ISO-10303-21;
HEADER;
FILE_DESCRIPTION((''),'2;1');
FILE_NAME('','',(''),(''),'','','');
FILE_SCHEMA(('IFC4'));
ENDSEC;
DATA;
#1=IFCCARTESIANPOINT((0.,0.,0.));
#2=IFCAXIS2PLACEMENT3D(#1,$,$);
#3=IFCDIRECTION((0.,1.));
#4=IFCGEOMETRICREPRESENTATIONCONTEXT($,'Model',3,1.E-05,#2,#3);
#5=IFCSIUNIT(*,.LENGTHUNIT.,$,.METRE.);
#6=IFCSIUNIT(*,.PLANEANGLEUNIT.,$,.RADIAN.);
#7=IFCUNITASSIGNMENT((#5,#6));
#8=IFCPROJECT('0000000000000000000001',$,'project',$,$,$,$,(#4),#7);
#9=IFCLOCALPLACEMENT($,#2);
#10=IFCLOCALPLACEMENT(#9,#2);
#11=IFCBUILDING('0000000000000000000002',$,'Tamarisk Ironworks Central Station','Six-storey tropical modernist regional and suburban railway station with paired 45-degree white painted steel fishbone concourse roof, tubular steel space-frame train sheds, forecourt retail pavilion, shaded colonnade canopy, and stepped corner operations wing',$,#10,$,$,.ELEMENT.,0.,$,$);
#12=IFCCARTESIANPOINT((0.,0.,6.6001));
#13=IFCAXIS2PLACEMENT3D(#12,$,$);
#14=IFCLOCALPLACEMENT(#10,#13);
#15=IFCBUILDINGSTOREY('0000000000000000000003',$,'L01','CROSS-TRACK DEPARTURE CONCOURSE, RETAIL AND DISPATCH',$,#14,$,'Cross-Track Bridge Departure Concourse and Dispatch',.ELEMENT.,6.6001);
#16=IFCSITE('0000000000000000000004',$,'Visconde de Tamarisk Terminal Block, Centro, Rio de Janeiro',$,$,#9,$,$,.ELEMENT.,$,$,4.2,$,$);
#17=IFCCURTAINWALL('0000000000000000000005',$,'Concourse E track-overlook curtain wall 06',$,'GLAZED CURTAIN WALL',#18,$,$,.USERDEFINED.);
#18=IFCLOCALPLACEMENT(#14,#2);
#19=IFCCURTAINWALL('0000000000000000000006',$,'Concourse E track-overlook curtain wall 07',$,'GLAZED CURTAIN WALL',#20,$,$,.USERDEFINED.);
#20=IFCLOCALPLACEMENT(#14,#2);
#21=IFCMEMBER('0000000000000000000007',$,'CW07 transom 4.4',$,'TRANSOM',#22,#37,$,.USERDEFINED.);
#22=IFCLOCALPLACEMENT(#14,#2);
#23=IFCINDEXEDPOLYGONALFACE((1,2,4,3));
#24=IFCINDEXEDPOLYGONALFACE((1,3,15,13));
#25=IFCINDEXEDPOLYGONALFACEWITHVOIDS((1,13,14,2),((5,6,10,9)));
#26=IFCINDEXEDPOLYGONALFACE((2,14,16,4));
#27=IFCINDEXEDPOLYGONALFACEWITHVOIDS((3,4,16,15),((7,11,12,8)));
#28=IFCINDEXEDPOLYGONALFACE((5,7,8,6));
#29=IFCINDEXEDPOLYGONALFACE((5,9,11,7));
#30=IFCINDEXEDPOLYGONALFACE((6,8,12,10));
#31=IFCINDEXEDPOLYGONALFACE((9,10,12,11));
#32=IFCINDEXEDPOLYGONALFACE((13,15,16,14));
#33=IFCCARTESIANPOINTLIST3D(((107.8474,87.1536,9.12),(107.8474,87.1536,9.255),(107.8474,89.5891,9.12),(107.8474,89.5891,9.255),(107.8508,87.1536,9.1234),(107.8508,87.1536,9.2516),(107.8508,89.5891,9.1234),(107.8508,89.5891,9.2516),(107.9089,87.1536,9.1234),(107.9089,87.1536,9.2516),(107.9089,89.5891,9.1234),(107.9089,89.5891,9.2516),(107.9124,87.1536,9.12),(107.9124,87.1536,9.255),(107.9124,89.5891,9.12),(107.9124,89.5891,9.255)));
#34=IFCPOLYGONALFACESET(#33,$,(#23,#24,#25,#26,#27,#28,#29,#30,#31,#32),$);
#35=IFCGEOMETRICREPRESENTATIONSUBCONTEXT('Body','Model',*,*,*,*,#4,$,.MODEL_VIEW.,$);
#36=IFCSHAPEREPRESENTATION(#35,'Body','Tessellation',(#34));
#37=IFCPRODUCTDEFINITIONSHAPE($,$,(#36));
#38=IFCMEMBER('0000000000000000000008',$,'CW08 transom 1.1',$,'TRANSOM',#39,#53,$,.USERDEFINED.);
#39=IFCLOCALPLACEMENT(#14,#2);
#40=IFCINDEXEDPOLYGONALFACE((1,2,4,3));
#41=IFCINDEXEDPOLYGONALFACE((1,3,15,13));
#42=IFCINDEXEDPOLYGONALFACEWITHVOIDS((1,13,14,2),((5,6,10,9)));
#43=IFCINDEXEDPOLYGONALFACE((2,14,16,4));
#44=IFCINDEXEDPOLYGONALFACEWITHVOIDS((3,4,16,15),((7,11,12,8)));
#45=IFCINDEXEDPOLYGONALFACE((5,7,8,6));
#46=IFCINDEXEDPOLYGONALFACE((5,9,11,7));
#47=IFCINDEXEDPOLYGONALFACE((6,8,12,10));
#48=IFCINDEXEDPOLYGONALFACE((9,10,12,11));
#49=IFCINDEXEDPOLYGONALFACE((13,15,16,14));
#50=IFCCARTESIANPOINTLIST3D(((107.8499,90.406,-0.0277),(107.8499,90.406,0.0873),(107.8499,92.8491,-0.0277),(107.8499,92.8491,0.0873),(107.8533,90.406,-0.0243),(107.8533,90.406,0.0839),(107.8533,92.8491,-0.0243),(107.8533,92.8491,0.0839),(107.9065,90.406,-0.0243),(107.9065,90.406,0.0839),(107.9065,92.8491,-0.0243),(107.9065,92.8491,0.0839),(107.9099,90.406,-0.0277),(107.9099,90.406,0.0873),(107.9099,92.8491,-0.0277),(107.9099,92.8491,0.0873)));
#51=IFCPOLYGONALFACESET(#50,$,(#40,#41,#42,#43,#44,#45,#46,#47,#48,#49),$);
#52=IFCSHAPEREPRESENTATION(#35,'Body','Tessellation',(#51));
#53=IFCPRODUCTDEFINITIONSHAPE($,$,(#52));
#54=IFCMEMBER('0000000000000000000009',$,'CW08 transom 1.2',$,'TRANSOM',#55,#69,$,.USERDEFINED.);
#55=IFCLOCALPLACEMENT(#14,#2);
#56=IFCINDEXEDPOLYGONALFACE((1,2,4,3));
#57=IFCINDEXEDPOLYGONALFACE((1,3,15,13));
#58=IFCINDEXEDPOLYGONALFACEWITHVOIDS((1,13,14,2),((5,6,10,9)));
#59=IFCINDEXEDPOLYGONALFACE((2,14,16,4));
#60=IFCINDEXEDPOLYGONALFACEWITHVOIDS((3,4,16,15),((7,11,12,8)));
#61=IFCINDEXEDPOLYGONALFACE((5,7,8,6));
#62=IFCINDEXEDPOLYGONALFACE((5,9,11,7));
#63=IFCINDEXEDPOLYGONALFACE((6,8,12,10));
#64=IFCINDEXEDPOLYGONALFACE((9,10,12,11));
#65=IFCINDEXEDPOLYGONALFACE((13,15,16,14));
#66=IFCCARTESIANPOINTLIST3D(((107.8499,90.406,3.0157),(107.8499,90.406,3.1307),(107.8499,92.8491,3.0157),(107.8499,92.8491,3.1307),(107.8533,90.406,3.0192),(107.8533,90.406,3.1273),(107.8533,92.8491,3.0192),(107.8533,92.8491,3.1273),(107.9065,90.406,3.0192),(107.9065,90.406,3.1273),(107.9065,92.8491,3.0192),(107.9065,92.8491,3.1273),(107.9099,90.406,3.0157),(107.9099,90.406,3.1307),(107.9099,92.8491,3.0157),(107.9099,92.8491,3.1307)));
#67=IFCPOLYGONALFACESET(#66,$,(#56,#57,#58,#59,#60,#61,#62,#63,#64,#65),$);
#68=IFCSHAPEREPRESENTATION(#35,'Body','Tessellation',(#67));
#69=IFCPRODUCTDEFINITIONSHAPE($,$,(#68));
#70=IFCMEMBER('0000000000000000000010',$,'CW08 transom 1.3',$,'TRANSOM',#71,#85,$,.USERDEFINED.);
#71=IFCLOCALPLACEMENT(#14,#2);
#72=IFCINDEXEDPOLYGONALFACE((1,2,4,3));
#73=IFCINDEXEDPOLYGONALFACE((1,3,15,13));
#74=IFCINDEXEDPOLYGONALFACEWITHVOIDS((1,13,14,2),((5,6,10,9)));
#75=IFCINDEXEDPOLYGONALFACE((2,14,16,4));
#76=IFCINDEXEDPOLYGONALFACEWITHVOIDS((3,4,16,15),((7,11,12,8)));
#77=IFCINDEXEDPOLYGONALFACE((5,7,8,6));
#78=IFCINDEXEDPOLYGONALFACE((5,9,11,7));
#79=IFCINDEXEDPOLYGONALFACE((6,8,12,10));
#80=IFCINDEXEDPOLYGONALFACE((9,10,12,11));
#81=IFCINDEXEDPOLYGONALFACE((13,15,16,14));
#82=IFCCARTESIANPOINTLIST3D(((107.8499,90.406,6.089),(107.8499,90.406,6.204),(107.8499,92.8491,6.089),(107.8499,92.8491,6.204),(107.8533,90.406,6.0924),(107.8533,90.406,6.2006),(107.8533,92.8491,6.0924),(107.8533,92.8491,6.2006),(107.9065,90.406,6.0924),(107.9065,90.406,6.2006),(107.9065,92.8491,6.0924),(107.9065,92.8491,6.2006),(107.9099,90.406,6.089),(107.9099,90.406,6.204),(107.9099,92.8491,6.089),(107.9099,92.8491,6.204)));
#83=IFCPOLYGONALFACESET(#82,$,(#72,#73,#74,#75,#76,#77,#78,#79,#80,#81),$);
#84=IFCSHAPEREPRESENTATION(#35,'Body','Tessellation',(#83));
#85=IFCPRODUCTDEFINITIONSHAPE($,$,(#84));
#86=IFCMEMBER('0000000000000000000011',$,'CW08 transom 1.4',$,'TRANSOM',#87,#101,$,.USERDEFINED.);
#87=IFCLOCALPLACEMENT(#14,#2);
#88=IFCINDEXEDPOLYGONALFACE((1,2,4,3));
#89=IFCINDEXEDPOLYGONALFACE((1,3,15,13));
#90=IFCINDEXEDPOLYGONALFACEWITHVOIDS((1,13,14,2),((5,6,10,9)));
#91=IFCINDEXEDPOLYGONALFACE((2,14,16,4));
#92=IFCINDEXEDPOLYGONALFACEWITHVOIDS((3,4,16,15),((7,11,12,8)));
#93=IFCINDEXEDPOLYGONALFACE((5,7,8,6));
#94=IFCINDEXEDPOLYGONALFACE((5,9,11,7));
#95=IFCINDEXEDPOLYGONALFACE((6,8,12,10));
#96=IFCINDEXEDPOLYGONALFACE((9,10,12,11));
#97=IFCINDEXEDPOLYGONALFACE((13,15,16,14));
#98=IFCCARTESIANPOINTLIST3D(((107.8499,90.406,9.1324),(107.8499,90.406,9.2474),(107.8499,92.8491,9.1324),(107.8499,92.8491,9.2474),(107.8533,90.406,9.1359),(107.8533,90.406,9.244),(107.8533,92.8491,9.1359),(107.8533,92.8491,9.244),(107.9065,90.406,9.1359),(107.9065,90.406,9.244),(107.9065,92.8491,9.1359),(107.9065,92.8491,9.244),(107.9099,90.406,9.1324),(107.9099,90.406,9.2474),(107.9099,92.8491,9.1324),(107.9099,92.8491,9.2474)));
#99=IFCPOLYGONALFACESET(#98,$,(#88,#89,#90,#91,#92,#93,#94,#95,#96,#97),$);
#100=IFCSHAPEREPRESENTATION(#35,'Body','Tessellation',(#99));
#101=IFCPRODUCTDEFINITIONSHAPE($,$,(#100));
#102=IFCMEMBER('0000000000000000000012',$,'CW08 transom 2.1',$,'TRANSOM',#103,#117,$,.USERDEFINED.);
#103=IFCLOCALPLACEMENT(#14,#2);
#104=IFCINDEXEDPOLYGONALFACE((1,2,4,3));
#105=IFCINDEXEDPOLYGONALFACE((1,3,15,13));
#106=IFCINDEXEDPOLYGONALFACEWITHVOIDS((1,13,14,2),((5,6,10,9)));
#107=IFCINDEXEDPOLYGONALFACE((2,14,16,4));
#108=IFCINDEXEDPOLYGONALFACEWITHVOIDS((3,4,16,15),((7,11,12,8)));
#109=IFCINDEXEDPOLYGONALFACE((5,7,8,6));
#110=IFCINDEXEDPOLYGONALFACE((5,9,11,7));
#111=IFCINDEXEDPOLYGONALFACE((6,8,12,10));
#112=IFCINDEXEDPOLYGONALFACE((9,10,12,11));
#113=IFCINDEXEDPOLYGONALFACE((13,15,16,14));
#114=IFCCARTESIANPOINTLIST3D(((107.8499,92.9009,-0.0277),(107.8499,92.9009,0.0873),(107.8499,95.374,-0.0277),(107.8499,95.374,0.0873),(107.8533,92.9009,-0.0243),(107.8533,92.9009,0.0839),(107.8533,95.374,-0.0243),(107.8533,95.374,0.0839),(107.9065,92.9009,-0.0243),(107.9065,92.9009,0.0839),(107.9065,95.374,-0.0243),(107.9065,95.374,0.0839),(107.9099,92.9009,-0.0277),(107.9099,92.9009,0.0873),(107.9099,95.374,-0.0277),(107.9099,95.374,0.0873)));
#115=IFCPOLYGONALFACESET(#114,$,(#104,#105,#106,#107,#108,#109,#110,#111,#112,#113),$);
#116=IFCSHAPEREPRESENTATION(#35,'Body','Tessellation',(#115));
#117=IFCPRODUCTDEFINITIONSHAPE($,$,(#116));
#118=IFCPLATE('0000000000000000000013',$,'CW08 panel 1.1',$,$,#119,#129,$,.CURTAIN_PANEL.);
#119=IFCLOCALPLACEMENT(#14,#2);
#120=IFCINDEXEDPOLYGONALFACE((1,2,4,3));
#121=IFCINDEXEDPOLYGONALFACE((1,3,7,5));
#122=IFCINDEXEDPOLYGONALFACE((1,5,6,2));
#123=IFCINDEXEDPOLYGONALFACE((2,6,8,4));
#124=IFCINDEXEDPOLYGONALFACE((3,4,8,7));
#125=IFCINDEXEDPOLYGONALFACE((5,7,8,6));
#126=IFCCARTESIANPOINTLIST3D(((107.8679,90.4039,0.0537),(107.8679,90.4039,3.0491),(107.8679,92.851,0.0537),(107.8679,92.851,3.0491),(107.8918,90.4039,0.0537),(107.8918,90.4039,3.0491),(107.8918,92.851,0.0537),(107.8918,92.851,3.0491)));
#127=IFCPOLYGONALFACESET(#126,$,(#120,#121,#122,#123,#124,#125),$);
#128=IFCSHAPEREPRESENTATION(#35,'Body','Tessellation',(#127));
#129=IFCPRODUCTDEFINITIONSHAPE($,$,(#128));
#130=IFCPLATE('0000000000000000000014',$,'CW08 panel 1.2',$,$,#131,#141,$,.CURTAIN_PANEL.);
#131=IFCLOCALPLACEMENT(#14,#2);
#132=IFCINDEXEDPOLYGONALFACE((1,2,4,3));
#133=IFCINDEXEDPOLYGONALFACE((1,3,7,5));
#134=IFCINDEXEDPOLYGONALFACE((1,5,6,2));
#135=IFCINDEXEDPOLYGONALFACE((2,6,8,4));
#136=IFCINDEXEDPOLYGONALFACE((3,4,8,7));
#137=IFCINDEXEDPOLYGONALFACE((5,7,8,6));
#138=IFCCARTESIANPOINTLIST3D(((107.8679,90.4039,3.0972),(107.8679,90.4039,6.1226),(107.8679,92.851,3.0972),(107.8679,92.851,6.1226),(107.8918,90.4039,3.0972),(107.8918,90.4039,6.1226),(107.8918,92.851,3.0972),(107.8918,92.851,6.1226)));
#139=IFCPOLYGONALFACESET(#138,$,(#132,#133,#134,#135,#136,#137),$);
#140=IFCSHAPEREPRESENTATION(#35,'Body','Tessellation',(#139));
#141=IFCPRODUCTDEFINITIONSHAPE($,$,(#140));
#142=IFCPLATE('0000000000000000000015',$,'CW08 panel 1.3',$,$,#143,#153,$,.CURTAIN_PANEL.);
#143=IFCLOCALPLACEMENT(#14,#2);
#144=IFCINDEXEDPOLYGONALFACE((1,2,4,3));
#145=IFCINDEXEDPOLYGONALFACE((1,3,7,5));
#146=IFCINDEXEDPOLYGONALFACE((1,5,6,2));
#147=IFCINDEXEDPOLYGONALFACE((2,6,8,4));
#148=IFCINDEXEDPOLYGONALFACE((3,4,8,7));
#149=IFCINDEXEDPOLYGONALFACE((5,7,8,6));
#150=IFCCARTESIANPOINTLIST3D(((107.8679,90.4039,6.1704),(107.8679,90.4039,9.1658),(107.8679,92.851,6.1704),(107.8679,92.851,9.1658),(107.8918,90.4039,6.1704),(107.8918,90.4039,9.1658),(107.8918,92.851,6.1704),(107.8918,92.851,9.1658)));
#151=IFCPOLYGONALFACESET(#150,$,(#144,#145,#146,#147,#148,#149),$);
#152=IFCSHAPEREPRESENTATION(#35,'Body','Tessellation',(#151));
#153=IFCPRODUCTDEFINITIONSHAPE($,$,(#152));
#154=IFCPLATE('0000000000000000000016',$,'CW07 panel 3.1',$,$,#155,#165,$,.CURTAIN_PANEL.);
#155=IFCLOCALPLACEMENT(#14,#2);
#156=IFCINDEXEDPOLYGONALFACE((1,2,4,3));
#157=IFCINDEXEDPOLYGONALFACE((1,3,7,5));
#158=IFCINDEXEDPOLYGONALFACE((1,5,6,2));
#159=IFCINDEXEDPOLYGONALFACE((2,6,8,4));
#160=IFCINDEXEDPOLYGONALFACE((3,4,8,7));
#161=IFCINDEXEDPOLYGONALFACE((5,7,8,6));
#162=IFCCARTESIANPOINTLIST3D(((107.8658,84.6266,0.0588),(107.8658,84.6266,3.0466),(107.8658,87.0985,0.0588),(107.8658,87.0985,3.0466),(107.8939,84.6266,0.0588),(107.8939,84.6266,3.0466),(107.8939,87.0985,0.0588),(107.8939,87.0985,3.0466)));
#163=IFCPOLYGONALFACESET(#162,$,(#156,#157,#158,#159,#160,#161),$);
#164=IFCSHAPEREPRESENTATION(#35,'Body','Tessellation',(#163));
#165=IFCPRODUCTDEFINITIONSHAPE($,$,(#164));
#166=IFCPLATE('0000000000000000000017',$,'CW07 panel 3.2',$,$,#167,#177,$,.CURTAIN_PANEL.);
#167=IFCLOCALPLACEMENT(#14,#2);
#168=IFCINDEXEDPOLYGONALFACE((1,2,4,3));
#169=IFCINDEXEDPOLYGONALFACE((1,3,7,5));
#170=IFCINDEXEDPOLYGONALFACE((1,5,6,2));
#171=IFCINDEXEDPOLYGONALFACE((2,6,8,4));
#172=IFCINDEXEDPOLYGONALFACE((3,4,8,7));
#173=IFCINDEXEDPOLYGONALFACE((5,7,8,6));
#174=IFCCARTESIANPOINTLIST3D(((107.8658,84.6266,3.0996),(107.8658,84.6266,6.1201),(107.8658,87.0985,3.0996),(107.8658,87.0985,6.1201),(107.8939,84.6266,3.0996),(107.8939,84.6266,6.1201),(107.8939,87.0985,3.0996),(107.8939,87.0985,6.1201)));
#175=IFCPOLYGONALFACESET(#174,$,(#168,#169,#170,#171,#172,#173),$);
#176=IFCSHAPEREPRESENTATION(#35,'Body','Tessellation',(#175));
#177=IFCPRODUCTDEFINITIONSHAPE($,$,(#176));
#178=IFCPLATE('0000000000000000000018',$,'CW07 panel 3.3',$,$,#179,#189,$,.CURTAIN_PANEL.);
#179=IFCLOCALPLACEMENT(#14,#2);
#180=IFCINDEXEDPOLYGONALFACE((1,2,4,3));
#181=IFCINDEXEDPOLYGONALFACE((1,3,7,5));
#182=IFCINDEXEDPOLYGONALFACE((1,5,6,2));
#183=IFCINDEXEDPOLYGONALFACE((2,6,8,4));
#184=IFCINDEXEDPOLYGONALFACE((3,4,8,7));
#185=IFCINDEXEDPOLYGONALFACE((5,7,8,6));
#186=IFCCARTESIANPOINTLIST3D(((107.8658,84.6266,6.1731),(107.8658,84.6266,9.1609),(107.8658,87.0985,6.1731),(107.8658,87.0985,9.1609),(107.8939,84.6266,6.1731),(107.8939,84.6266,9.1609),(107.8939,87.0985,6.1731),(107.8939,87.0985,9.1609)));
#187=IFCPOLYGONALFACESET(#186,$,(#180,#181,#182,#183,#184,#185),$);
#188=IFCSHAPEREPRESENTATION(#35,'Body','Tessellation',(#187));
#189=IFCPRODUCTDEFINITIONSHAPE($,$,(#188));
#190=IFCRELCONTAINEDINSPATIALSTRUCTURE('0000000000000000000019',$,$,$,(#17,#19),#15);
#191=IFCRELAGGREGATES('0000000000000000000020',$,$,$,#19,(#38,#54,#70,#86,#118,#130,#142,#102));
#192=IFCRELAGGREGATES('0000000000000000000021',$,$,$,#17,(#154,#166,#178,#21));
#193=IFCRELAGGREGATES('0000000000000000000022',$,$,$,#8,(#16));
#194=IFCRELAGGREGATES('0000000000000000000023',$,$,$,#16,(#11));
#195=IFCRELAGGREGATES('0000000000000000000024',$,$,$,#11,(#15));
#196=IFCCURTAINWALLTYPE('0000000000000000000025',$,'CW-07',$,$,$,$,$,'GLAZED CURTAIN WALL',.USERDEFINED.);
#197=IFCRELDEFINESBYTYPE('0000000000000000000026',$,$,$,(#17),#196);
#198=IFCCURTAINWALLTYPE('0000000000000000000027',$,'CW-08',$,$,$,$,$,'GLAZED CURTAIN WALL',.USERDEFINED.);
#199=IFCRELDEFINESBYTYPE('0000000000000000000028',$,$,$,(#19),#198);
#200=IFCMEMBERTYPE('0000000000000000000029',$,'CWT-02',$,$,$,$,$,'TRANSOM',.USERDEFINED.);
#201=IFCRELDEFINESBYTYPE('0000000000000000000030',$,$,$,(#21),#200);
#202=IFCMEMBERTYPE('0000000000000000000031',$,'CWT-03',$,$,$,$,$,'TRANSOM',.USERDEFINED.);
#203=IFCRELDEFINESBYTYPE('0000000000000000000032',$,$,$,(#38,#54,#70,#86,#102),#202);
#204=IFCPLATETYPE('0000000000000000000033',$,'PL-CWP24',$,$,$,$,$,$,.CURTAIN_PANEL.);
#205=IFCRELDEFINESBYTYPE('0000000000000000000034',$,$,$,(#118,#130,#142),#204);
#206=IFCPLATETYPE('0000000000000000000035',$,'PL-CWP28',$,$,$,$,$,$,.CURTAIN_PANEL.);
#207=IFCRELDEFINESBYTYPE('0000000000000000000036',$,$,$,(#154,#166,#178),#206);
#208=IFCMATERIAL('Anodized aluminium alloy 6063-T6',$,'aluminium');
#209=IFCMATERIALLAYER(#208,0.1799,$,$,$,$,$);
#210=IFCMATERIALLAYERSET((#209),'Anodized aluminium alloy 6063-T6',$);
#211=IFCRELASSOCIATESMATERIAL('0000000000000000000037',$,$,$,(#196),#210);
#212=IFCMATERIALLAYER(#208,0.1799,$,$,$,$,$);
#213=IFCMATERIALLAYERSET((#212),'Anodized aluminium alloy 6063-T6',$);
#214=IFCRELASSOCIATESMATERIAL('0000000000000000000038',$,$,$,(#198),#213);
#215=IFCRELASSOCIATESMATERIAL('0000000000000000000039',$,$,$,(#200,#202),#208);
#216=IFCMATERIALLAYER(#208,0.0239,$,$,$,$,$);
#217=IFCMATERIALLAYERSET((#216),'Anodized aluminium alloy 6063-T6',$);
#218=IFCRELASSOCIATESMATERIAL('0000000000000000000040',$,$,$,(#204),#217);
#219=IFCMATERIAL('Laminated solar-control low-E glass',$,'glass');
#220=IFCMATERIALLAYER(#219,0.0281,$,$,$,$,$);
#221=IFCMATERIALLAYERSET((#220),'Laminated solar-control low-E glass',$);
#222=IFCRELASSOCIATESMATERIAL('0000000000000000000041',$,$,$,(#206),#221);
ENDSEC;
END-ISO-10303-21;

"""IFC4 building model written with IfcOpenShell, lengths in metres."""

from ifc_helpers import new_model, si_unit, direction, frame, origin, origin_2d, place, context, subcontext, project, spatial, rectangle, hollow_rectangle, extrude, material, layer, layer_set, material_profile, profile_set, type_object, element, aggregate, save


model = new_model("IFC4")

# Units and contexts
model_context = context("Model", 3, precision=1e-05, world=origin(), true_north=direction((0.0, 1.0)))
body_context = subcontext(model_context, "Body", "Model", "MODEL_VIEW")
ifc_project = project(units=[si_unit("LENGTHUNIT", "METRE"), si_unit("PLANEANGLEUNIT", "RADIAN")], contexts=[model_context])

# Site, building, storey
site_placement = place(None, origin())
site = spatial("IfcSite", under=ifc_project, at=site_placement, Name="Visconde de Tamarisk Terminal Block, Centro, Rio de Janeiro", CompositionType="ELEMENT", RefElevation=4.2)
building_placement = place(site_placement, origin())
building = spatial("IfcBuilding", under=site, at=building_placement, Name="Tamarisk Ironworks Central Station", Description="Six-storey tropical modernist regional and suburban railway station with paired 45-degree white painted steel fishbone concourse roof, tubular steel space-frame train sheds, forecourt retail pavilion, shaded colonnade canopy, and stepped corner operations wing", CompositionType="ELEMENT", ElevationOfRefHeight=0.0)
storey_placement = place(building_placement, frame((0.0, 0.0, 6.6001)))
storey = spatial("IfcBuildingStorey", under=building, at=storey_placement, Name="L01", Description="CROSS-TRACK DEPARTURE CONCOURSE, RETAIL AND DISPATCH", LongName="Cross-Track Bridge Departure Concourse and Dispatch", CompositionType="ELEMENT", Elevation=6.6001)

# Curtain walls
ifc_material_1 = material(Name="Anodized aluminium alloy 6063-T6", Category="aluminium")
ifc_layer_1 = layer(ifc_material_1, 0.1799)
ifc_layer_set_1 = layer_set([ifc_layer_1], Name="Anodized aluminium alloy 6063-T6")
curtain_wall_type_1 = type_object("IfcCurtainWallType", Name="CW-07", ElementType="GLAZED CURTAIN WALL", PredefinedType="USERDEFINED", material=ifc_layer_set_1)
curtain_wall_1_placement = place(storey_placement, origin())
curtain_wall_1 = element("IfcCurtainWall", 1, at=curtain_wall_1_placement, inside=storey, type_object=curtain_wall_type_1, Name="Concourse E track-overlook curtain wall 06", ObjectType="GLAZED CURTAIN WALL", PredefinedType="USERDEFINED")
ifc_layer_2 = layer(ifc_material_1, 0.1799)
ifc_layer_set_2 = layer_set([ifc_layer_2], Name="Anodized aluminium alloy 6063-T6")
curtain_wall_type_2 = type_object("IfcCurtainWallType", Name="CW-08", ElementType="GLAZED CURTAIN WALL", PredefinedType="USERDEFINED", material=ifc_layer_set_2)
curtain_wall_2_placement = place(storey_placement, origin())
curtain_wall_2 = element("IfcCurtainWall", 2, at=curtain_wall_2_placement, inside=storey, type_object=curtain_wall_type_2, Name="Concourse E track-overlook curtain wall 07", ObjectType="GLAZED CURTAIN WALL", PredefinedType="USERDEFINED")

# Members
ifc_material_profile_1 = material_profile(ifc_material_1, hollow_rectangle(XDim=0.0649, YDim=0.135, WallThickness=0.0034, at=origin_2d()), Name="ALUM 135x65")
ifc_profile_set_1 = profile_set([ifc_material_profile_1], Name="Anodized aluminium alloy 6063-T6")
member_type_1 = type_object("IfcMemberType", Name="CWT-02", ElementType="TRANSOM", PredefinedType="USERDEFINED", material=ifc_profile_set_1)
member_1_placement = place(storey_placement, frame((107.8799, 87.1536, 9.1875), z_axis=(0.0, 1.0, 0.0), x_axis=(-1.0, 0.0, 0.0)))
member_1 = element("IfcMember", 3, at=member_1_placement, type_object=member_type_1, Name="CW07 transom 4.4", ObjectType="TRANSOM", PredefinedType="USERDEFINED", context=body_context, shape_type="SweptSolid", body=[
    extrude(hollow_rectangle(XDim=0.0649, YDim=0.135, WallThickness=0.0034, at=origin_2d()), origin(), (0.0, 0.0, 1.0), 2.4355),
])
ifc_material_profile_2 = material_profile(ifc_material_1, hollow_rectangle(XDim=0.0601, YDim=0.115, WallThickness=0.0034, at=origin_2d()), Name="ALUM 115x60")
ifc_profile_set_2 = profile_set([ifc_material_profile_2], Name="Anodized aluminium alloy 6063-T6")
member_type_2 = type_object("IfcMemberType", Name="CWT-03", ElementType="TRANSOM", PredefinedType="USERDEFINED", material=ifc_profile_set_2)
member_2_placement = place(storey_placement, frame((107.8799, 90.406, 0.0298), z_axis=(0.0, 1.0, 0.0), x_axis=(-1.0, 0.0, 0.0)))
member_2 = element("IfcMember", 4, at=member_2_placement, type_object=member_type_2, Name="CW08 transom 1.1", ObjectType="TRANSOM", PredefinedType="USERDEFINED", context=body_context, shape_type="SweptSolid", body=[
    extrude(hollow_rectangle(XDim=0.0601, YDim=0.115, WallThickness=0.0034, at=origin_2d()), origin(), (0.0, 0.0, 1.0), 2.4431),
])
member_3_placement = place(storey_placement, frame((107.8799, 90.406, 3.0732), z_axis=(0.0, 1.0, 0.0), x_axis=(-1.0, 0.0, 0.0)))
member_3 = element("IfcMember", 5, at=member_3_placement, type_object=member_type_2, Name="CW08 transom 1.2", ObjectType="TRANSOM", PredefinedType="USERDEFINED", context=body_context, shape_type="SweptSolid", body=[
    extrude(hollow_rectangle(XDim=0.0601, YDim=0.115, WallThickness=0.0034, at=origin_2d()), origin(), (0.0, 0.0, 1.0), 2.4431),
])
member_4_placement = place(storey_placement, frame((107.8799, 90.406, 6.1465), z_axis=(0.0, 1.0, 0.0), x_axis=(-1.0, 0.0, 0.0)))
member_4 = element("IfcMember", 6, at=member_4_placement, type_object=member_type_2, Name="CW08 transom 1.3", ObjectType="TRANSOM", PredefinedType="USERDEFINED", context=body_context, shape_type="SweptSolid", body=[
    extrude(hollow_rectangle(XDim=0.0601, YDim=0.115, WallThickness=0.0034, at=origin_2d()), origin(), (0.0, 0.0, 1.0), 2.4431),
])
member_5_placement = place(storey_placement, frame((107.8799, 90.406, 9.1899), z_axis=(0.0, 1.0, 0.0), x_axis=(-1.0, 0.0, 0.0)))
member_5 = element("IfcMember", 7, at=member_5_placement, type_object=member_type_2, Name="CW08 transom 1.4", ObjectType="TRANSOM", PredefinedType="USERDEFINED", context=body_context, shape_type="SweptSolid", body=[
    extrude(hollow_rectangle(XDim=0.0601, YDim=0.115, WallThickness=0.0034, at=origin_2d()), origin(), (0.0, 0.0, 1.0), 2.4431),
])
member_6_placement = place(storey_placement, frame((107.8799, 92.9009, 0.0298), z_axis=(0.0, 1.0, 0.0), x_axis=(-1.0, 0.0, 0.0)))
member_6 = element("IfcMember", 8, at=member_6_placement, type_object=member_type_2, Name="CW08 transom 2.1", ObjectType="TRANSOM", PredefinedType="USERDEFINED", context=body_context, shape_type="SweptSolid", body=[
    extrude(hollow_rectangle(XDim=0.0601, YDim=0.115, WallThickness=0.0034, at=origin_2d()), origin(), (0.0, 0.0, 1.0), 2.4731),
])

# Plates
ifc_layer_3 = layer(ifc_material_1, 0.0239)
ifc_layer_set_3 = layer_set([ifc_layer_3], Name="Anodized aluminium alloy 6063-T6")
plate_type_1 = type_object("IfcPlateType", Name="PL-CWP24", PredefinedType="CURTAIN_PANEL", material=ifc_layer_set_3)
plate_1_placement = place(storey_placement, frame((107.8799, 91.6274, 0.0537), z_axis=(0.0, 0.0, 1.0), x_axis=(0.0, 1.0, 0.0)))
plate_1 = element("IfcPlate", 9, at=plate_1_placement, type_object=plate_type_1, Name="CW08 panel 1.1", PredefinedType="CURTAIN_PANEL", context=body_context, shape_type="SweptSolid", body=[
    extrude(rectangle(XDim=2.447, YDim=0.0239, at=origin_2d()), origin(), (0.0, 0.0, 1.0), 2.9954),
])
plate_2_placement = place(storey_placement, frame((107.8799, 91.6274, 3.0972), z_axis=(0.0, 0.0, 1.0), x_axis=(0.0, 1.0, 0.0)))
plate_2 = element("IfcPlate", 10, at=plate_2_placement, type_object=plate_type_1, Name="CW08 panel 1.2", PredefinedType="CURTAIN_PANEL", context=body_context, shape_type="SweptSolid", body=[
    extrude(rectangle(XDim=2.447, YDim=0.0239, at=origin_2d()), origin(), (0.0, 0.0, 1.0), 3.0254),
])
plate_3_placement = place(storey_placement, frame((107.8799, 91.6274, 6.1704), z_axis=(0.0, 0.0, 1.0), x_axis=(0.0, 1.0, 0.0)))
plate_3 = element("IfcPlate", 11, at=plate_3_placement, type_object=plate_type_1, Name="CW08 panel 1.3", PredefinedType="CURTAIN_PANEL", context=body_context, shape_type="SweptSolid", body=[
    extrude(rectangle(XDim=2.447, YDim=0.0239, at=origin_2d()), origin(), (0.0, 0.0, 1.0), 2.9954),
])
aggregate(curtain_wall_2, [member_2, member_3, member_4, member_5, plate_1, plate_2, plate_3, member_6])
ifc_material_2 = material(Name="Laminated solar-control low-E glass", Category="glass")
ifc_layer_4 = layer(ifc_material_2, 0.0281)
ifc_layer_set_4 = layer_set([ifc_layer_4], Name="Laminated solar-control low-E glass")
plate_type_2 = type_object("IfcPlateType", Name="PL-CWP28", PredefinedType="CURTAIN_PANEL", material=ifc_layer_set_4)
plate_4_placement = place(storey_placement, frame((107.8799, 85.8625, 0.0588), z_axis=(0.0, 0.0, 1.0), x_axis=(0.0, 1.0, 0.0)))
plate_4 = element("IfcPlate", 12, at=plate_4_placement, type_object=plate_type_2, Name="CW07 panel 3.1", PredefinedType="CURTAIN_PANEL", context=body_context, shape_type="SweptSolid", body=[
    extrude(rectangle(XDim=2.4719, YDim=0.0281, at=origin_2d()), origin(), (0.0, 0.0, 1.0), 2.9878),
])
plate_5_placement = place(storey_placement, frame((107.8799, 85.8625, 3.0996), z_axis=(0.0, 0.0, 1.0), x_axis=(0.0, 1.0, 0.0)))
plate_5 = element("IfcPlate", 13, at=plate_5_placement, type_object=plate_type_2, Name="CW07 panel 3.2", PredefinedType="CURTAIN_PANEL", context=body_context, shape_type="SweptSolid", body=[
    extrude(rectangle(XDim=2.4719, YDim=0.0281, at=origin_2d()), origin(), (0.0, 0.0, 1.0), 3.0205),
])
plate_6_placement = place(storey_placement, frame((107.8799, 85.8625, 6.1731), z_axis=(0.0, 0.0, 1.0), x_axis=(0.0, 1.0, 0.0)))
plate_6 = element("IfcPlate", 14, at=plate_6_placement, type_object=plate_type_2, Name="CW07 panel 3.3", PredefinedType="CURTAIN_PANEL", context=body_context, shape_type="SweptSolid", body=[
    extrude(rectangle(XDim=2.4719, YDim=0.0281, at=origin_2d()), origin(), (0.0, 0.0, 1.0), 2.9878),
])
aggregate(curtain_wall_1, [plate_4, plate_5, plate_6, member_1])

save(model, "model.ifc")
